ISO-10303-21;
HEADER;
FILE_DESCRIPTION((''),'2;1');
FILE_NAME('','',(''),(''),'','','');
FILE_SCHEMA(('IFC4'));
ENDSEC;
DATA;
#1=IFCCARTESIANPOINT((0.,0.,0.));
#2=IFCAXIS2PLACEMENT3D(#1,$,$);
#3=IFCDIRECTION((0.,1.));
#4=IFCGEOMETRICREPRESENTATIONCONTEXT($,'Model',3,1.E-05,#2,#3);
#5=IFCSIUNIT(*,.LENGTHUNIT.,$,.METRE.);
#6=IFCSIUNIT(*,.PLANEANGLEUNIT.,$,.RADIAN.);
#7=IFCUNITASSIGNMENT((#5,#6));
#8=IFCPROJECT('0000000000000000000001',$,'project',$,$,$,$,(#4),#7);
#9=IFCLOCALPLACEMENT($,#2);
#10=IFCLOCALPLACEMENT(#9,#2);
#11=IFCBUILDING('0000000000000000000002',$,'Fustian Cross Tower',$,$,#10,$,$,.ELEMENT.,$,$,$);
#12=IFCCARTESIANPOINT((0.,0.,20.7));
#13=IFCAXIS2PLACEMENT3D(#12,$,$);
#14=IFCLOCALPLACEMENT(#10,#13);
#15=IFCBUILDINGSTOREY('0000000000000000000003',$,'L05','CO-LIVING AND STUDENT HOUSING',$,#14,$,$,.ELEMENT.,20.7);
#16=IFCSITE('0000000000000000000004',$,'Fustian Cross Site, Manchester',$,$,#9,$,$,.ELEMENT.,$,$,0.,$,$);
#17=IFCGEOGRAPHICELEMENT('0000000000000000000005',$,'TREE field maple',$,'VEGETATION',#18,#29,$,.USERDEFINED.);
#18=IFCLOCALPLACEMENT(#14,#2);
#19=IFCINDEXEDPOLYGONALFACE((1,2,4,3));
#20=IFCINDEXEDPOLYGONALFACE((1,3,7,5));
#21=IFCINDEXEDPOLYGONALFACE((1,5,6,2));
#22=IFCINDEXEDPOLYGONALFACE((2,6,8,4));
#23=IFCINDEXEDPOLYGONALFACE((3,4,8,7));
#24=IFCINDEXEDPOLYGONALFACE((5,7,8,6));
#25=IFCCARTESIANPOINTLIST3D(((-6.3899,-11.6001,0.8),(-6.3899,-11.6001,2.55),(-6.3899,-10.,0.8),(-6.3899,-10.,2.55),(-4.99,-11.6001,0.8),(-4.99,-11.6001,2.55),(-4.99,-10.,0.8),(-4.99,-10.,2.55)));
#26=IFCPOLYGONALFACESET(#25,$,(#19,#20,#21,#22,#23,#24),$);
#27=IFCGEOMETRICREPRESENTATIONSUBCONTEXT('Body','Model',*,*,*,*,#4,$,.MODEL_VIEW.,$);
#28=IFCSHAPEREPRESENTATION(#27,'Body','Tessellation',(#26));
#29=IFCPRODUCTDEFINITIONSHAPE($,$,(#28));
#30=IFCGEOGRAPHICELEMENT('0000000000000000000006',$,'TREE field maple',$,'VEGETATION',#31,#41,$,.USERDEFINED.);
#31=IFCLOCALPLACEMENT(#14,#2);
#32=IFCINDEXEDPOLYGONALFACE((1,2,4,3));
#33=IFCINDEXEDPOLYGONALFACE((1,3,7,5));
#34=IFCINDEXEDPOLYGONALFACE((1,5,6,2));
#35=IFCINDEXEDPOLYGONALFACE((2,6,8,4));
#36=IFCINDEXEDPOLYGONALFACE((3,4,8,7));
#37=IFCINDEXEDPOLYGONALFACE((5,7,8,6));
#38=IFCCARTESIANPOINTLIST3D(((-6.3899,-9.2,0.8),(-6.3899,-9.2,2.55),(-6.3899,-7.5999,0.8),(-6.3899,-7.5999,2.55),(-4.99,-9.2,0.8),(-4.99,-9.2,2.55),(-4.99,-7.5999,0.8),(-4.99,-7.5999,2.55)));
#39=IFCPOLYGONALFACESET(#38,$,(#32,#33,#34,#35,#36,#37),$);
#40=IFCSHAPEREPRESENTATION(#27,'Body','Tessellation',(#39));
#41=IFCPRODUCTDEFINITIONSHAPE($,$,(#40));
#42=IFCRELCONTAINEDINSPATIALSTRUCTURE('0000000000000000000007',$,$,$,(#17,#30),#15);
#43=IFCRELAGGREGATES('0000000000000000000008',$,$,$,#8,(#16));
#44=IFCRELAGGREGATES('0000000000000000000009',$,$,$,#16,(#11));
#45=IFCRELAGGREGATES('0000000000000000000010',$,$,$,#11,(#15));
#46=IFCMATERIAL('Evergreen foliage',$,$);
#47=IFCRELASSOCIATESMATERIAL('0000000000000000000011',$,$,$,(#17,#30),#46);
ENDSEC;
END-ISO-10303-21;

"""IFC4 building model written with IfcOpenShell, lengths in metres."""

from ifc_helpers import new_model, si_unit, direction, frame, origin, origin_2d, place, context, subcontext, project, spatial, rectangle, extrude, material, element, save


model = new_model("IFC4")

# Units and contexts
model_context = context("Model", 3, precision=1e-05, world=origin(), true_north=direction((0.0, 1.0)))
body_context = subcontext(model_context, "Body", "Model", "MODEL_VIEW")
ifc_project = project(units=[si_unit("LENGTHUNIT", "METRE"), si_unit("PLANEANGLEUNIT", "RADIAN")], contexts=[model_context])

# Site, building, storey
site_placement = place(None, origin())
site = spatial("IfcSite", under=ifc_project, at=site_placement, Name="Fustian Cross Site, Manchester", CompositionType="ELEMENT", RefElevation=0.0)
building_placement = place(site_placement, origin())
building = spatial("IfcBuilding", under=site, at=building_placement, Name="Fustian Cross Tower", CompositionType="ELEMENT")
storey_placement = place(building_placement, frame((0.0, 0.0, 20.7)))
storey = spatial("IfcBuildingStorey", under=building, at=storey_placement, Name="L05", Description="CO-LIVING AND STUDENT HOUSING", CompositionType="ELEMENT", Elevation=20.7)

# Geographic elements
ifc_material_1 = material(Name="Evergreen foliage")
for number, where, z_axis, x_axis, name in (
    (1, (-5.6899, -10.8, 0.8), (0.0, 0.0, 1.0), (1.0, 0.0, 0.0), "TREE field maple"),
    (2, (-5.6899, -8.3999, 0.8), (0.0, 0.0, 1.0), (1.0, 0.0, 0.0), "TREE field maple"),
):
    element("IfcGeographicElement", number, at=place(storey_placement, frame(where, z_axis=z_axis, x_axis=x_axis)), inside=storey, material=ifc_material_1, Name=name, ObjectType="VEGETATION", PredefinedType="USERDEFINED", context=body_context, shape_type="SweptSolid", body=[
        extrude(rectangle(XDim=1.3999, YDim=1.6001, at=origin_2d()), origin(), (0.0, 0.0, 1.0), 1.75),
    ])

save(model, "model.ifc")
